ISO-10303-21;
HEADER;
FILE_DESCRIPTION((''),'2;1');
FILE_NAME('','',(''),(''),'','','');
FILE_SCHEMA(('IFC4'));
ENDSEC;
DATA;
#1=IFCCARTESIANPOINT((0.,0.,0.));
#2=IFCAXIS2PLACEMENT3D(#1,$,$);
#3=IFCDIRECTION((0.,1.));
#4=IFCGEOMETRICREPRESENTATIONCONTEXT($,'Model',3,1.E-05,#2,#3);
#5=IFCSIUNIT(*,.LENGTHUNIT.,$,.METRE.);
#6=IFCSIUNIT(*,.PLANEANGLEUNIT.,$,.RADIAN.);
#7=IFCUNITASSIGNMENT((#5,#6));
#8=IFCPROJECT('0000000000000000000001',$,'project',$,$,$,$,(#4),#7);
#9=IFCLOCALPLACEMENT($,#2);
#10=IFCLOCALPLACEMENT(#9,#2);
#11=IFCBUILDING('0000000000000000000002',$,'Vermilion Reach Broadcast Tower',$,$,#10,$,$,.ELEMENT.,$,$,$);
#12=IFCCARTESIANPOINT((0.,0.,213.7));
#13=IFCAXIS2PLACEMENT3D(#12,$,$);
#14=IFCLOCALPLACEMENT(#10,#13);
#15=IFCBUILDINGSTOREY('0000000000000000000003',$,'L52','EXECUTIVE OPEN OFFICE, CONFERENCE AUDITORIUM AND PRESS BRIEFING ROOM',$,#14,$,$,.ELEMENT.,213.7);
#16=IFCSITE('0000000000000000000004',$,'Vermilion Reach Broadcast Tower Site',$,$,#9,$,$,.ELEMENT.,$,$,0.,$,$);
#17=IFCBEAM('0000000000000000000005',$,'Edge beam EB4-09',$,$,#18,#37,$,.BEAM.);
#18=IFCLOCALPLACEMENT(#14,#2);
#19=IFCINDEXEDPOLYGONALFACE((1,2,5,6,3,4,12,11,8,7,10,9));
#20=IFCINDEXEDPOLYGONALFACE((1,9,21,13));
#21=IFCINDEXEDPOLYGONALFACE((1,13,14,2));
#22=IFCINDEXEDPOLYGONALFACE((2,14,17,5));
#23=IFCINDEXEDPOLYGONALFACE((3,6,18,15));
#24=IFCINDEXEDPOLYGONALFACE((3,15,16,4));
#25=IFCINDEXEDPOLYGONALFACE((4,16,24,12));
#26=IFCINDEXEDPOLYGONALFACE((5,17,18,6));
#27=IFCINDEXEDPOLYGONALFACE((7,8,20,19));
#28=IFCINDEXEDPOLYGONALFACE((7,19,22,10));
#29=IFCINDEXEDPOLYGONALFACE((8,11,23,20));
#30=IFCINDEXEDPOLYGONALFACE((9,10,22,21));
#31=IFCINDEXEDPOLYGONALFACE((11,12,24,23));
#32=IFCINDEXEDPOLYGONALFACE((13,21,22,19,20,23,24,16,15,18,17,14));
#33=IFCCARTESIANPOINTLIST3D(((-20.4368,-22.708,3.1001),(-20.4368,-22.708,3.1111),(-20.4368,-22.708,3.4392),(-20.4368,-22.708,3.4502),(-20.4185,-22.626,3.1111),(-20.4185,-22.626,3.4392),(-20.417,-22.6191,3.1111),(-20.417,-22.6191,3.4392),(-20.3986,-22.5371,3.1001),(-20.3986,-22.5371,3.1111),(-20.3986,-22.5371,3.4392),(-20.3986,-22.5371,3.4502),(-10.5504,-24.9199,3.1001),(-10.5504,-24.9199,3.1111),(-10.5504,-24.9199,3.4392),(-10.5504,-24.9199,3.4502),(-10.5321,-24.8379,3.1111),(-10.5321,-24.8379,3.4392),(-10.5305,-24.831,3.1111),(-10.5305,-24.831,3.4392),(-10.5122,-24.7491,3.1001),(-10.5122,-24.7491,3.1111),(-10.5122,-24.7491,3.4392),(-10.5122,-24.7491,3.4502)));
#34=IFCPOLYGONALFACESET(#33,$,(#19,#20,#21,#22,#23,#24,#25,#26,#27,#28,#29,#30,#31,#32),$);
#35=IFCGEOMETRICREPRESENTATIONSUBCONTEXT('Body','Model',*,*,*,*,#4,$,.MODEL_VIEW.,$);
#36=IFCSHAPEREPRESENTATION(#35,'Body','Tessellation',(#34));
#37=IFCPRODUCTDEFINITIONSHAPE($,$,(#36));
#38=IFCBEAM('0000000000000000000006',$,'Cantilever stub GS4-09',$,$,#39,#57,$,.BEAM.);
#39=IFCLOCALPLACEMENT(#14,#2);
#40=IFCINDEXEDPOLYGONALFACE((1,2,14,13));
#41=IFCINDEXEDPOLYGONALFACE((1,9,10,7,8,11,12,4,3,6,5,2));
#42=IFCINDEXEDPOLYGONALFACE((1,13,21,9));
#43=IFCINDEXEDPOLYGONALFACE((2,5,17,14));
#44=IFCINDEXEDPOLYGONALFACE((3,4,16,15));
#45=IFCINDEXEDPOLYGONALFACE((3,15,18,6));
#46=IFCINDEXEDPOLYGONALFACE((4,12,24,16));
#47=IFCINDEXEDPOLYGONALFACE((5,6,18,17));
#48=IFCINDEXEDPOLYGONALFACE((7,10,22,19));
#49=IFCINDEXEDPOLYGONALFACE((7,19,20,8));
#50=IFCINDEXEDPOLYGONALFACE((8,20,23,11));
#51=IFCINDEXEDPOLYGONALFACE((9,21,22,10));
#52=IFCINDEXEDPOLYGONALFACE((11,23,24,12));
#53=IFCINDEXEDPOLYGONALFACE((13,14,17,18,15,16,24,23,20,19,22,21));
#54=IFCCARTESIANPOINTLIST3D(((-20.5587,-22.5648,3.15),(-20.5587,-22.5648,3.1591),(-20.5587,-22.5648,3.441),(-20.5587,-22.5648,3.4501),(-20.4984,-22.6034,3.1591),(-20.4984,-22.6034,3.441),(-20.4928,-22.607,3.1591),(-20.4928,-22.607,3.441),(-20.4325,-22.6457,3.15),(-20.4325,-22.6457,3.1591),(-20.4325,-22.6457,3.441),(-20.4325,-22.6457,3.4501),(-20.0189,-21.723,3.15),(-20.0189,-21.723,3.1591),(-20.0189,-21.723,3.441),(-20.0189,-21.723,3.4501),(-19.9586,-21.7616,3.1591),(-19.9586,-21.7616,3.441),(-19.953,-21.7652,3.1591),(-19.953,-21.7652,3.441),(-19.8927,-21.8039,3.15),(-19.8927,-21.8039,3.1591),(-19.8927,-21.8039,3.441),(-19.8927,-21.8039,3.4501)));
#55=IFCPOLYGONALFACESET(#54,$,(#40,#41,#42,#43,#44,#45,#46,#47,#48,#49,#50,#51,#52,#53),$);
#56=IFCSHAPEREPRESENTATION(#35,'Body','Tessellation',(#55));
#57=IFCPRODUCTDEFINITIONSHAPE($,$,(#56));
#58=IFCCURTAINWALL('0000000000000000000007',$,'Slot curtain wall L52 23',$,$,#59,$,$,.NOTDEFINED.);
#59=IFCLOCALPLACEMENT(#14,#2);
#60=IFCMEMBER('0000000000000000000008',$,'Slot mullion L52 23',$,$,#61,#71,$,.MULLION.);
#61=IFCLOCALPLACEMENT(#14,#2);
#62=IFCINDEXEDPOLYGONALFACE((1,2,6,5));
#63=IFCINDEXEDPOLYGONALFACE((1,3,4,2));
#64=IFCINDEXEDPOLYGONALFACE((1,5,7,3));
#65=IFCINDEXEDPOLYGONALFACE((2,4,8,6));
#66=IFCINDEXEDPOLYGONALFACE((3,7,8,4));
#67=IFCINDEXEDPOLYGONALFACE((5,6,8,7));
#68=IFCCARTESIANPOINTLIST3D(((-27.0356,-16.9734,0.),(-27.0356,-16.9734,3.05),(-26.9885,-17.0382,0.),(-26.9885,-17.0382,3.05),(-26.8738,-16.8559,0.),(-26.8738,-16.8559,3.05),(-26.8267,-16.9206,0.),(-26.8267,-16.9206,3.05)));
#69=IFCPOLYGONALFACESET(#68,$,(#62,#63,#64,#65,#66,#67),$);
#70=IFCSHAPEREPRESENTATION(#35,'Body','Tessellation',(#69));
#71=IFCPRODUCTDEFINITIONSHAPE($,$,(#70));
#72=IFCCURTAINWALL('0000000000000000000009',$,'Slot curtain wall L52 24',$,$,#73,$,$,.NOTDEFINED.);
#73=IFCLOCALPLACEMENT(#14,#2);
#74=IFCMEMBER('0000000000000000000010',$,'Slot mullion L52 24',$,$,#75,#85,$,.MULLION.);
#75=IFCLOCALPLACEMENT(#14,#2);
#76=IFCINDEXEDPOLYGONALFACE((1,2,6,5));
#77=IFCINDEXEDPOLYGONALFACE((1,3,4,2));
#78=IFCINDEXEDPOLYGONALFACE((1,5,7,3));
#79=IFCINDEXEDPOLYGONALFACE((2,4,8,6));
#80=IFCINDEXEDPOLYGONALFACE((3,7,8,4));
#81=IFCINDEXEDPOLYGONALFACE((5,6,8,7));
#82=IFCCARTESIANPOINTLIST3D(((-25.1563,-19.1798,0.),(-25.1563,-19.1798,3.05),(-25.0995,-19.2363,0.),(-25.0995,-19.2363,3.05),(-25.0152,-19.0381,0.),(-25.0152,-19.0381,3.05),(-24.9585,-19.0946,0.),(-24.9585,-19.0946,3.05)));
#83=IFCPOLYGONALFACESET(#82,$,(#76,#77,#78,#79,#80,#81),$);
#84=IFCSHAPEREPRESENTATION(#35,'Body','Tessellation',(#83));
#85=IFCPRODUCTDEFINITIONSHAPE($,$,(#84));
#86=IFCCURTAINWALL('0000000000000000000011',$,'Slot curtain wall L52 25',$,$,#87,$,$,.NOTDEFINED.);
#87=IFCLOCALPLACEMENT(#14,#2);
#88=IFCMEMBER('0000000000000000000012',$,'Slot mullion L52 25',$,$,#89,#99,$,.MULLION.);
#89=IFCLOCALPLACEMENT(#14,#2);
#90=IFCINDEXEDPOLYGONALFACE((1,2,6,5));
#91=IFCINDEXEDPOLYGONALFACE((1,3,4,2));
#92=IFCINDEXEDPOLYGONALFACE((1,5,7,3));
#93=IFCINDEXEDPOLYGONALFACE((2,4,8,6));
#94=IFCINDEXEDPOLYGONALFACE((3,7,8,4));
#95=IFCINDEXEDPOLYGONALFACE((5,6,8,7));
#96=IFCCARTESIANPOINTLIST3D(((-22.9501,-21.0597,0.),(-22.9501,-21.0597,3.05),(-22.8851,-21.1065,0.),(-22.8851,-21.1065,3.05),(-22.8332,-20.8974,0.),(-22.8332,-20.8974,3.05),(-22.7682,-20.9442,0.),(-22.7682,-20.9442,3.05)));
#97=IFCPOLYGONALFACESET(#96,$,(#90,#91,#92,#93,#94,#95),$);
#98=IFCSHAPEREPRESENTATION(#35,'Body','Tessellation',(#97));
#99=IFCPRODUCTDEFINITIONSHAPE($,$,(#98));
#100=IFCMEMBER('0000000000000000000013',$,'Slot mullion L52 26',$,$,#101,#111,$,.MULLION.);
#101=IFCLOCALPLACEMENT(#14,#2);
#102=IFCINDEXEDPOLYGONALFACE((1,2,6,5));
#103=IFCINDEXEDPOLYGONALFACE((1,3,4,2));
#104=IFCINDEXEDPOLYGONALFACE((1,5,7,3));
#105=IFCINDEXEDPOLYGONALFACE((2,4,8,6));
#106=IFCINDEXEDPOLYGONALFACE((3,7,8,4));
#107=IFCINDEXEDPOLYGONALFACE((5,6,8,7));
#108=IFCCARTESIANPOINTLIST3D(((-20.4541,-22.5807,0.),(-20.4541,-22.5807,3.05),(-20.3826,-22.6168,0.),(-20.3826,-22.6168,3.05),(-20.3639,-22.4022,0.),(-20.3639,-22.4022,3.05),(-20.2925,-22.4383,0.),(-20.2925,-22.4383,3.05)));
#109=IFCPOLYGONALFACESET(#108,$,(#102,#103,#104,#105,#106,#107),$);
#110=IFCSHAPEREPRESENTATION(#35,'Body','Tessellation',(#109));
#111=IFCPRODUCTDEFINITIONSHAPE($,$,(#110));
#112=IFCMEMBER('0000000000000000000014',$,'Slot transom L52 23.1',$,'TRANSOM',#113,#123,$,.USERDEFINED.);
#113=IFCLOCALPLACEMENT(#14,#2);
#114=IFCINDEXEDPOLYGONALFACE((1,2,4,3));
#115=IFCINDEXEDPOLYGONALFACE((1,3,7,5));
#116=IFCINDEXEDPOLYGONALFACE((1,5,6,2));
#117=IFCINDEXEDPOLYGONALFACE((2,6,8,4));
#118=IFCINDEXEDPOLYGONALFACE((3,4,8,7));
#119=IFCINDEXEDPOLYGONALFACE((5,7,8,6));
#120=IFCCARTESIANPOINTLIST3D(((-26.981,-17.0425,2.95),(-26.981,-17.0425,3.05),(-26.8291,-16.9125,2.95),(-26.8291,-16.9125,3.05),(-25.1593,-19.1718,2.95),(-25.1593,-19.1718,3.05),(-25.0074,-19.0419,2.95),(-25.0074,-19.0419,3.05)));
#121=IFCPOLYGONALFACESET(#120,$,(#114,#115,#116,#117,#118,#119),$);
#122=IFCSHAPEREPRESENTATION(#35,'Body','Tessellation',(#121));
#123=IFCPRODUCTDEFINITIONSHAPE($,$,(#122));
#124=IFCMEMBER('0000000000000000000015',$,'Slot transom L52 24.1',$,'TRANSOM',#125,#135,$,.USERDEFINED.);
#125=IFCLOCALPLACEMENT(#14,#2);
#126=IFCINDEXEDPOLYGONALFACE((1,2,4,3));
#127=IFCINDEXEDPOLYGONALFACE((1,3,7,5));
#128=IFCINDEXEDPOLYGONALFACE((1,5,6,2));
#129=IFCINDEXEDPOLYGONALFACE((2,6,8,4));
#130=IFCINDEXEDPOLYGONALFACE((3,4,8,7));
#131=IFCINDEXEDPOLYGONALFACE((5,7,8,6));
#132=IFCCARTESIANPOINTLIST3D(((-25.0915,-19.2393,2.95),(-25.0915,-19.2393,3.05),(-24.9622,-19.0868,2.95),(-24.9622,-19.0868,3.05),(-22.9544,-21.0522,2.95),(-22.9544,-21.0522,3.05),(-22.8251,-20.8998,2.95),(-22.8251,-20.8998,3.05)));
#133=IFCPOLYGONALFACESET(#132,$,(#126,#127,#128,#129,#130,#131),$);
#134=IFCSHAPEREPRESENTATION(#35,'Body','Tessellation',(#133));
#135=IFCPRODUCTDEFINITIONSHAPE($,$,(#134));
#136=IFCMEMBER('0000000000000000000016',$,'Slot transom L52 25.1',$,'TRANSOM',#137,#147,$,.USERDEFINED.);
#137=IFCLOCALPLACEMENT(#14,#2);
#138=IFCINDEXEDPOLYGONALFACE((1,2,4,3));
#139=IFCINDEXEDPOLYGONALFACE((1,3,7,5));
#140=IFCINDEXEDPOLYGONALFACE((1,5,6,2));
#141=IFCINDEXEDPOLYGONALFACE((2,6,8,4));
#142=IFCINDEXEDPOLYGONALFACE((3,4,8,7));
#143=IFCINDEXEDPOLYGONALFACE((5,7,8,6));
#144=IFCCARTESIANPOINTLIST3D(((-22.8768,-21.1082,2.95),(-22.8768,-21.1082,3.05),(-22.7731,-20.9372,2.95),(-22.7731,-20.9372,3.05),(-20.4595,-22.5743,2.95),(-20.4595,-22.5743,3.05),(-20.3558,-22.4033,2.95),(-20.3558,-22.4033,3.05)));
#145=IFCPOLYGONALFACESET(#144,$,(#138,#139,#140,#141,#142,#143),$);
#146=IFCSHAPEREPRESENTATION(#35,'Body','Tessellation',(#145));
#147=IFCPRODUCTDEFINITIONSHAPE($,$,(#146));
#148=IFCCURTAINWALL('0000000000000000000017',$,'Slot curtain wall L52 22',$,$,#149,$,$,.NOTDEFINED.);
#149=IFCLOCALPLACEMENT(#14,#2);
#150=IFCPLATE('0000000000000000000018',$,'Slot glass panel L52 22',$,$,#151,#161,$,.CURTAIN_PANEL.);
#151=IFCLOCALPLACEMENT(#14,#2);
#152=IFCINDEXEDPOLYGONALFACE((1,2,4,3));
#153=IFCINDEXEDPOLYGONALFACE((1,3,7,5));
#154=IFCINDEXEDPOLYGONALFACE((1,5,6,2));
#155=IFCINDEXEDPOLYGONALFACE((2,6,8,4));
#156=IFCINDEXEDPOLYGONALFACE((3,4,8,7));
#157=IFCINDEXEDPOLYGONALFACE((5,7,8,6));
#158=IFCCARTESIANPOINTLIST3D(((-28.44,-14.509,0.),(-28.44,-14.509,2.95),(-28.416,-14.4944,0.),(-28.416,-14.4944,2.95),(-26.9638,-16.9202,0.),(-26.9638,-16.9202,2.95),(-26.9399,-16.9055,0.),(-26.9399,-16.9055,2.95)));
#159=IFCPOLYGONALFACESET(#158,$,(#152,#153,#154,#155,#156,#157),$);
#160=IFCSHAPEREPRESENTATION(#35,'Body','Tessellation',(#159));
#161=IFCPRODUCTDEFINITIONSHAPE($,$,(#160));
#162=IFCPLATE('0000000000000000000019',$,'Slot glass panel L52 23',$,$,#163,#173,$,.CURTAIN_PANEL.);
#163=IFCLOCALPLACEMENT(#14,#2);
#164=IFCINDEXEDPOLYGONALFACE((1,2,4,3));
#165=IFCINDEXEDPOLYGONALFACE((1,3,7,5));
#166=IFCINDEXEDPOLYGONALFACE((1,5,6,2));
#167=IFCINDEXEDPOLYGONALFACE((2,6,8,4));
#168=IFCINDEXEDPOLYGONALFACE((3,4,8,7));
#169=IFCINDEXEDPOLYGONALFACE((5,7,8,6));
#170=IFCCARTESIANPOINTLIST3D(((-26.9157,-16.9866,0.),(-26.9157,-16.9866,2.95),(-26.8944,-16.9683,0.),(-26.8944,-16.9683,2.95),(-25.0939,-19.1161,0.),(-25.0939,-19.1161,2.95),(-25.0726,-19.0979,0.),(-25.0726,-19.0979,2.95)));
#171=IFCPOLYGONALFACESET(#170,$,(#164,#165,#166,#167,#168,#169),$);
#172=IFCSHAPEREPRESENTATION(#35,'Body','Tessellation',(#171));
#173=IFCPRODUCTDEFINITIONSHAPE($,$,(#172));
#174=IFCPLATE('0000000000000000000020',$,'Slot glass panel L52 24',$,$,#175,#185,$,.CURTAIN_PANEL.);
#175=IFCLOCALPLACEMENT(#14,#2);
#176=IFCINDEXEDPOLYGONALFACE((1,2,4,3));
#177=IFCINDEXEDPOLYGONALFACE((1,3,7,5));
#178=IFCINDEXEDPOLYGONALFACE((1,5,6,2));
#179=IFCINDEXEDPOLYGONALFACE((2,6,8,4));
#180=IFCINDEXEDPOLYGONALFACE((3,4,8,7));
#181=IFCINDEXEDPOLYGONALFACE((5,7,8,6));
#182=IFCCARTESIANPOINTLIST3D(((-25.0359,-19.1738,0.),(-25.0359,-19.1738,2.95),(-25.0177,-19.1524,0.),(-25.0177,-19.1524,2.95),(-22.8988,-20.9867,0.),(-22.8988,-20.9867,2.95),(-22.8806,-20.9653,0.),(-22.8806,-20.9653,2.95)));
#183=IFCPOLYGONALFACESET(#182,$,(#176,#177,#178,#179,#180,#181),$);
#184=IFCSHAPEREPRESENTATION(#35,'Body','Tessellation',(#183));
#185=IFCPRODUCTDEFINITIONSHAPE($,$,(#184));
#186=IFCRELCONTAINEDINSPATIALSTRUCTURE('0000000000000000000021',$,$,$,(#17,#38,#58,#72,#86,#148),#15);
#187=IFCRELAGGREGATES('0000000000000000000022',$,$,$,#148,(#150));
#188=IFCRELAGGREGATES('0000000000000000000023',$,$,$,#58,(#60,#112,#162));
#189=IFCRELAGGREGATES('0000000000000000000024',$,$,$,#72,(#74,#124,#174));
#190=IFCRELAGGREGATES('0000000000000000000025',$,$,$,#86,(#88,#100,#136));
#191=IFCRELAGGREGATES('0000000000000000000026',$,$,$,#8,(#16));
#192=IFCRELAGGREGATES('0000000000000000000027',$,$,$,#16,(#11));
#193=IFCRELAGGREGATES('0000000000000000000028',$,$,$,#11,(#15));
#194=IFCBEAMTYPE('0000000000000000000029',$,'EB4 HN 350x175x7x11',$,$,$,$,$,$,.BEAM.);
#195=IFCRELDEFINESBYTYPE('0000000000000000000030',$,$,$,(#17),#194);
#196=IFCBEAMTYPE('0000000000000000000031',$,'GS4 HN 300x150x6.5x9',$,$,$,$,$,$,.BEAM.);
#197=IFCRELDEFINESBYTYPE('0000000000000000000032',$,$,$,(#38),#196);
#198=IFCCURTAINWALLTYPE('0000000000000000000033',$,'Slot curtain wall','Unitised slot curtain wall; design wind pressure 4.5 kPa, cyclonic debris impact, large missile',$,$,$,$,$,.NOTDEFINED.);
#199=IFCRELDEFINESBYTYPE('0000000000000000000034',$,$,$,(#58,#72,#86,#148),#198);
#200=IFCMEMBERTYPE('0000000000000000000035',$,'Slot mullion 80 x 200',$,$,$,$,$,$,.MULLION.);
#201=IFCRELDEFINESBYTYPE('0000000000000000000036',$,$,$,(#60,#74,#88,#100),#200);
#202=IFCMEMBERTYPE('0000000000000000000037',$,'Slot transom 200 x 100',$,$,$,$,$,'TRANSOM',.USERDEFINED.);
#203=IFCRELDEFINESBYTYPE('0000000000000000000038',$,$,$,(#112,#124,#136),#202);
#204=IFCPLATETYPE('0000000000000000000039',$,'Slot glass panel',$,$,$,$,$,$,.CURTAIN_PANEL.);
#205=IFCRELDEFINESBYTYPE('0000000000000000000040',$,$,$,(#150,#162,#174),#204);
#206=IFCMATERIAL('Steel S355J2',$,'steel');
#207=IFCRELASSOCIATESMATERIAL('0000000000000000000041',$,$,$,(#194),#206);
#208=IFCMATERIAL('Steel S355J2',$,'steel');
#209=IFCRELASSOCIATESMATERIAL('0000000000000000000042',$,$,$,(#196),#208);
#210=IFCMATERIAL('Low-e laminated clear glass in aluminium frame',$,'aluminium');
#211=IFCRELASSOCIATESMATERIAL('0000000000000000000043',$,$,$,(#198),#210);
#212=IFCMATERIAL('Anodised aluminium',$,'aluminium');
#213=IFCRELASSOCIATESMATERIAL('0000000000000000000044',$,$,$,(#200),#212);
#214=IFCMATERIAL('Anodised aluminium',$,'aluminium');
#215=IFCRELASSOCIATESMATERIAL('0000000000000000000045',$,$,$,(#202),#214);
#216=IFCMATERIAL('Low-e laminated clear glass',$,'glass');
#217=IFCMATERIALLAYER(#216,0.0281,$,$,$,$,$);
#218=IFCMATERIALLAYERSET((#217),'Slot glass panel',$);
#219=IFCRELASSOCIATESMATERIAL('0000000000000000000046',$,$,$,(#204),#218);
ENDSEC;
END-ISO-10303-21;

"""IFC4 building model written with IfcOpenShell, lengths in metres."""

from ifc_helpers import new_model, si_unit, direction, frame, origin, origin_2d, place, context, subcontext, project, spatial, rectangle, i_section, extrude, material, layer, layer_set, material_profile, profile_set, type_object, element, aggregate, save


model = new_model("IFC4")

# Units and contexts
model_context = context("Model", 3, precision=1e-05, world=origin(), true_north=direction((0.0, 1.0)))
body_context = subcontext(model_context, "Body", "Model", "MODEL_VIEW")
ifc_project = project(units=[si_unit("LENGTHUNIT", "METRE"), si_unit("PLANEANGLEUNIT", "RADIAN")], contexts=[model_context])

# Site, building, storey
site_placement = place(None, origin())
site = spatial("IfcSite", under=ifc_project, at=site_placement, Name="Vermilion Reach Broadcast Tower Site", CompositionType="ELEMENT", RefElevation=0.0)
building_placement = place(site_placement, origin())
building = spatial("IfcBuilding", under=site, at=building_placement, Name="Vermilion Reach Broadcast Tower", CompositionType="ELEMENT")
storey_placement = place(building_placement, frame((0.0, 0.0, 213.7)))
storey = spatial("IfcBuildingStorey", under=building, at=storey_placement, Name="L52", Description="EXECUTIVE OPEN OFFICE, CONFERENCE AUDITORIUM AND PRESS BRIEFING ROOM", CompositionType="ELEMENT", Elevation=213.7)

# Beams
ifc_material_1 = material(Name="Steel S355J2", Category="steel")
ifc_material_profile_1 = material_profile(ifc_material_1, i_section(OverallWidth=0.175, OverallDepth=0.3501, WebThickness=0.0071, FlangeThickness=0.011, at=origin_2d()), Name="S355J2 HN 350x175x7x11")
ifc_profile_set_1 = profile_set([ifc_material_profile_1], Name="Steel S355J2")
beam_type_1 = type_object("IfcBeamType", Name="EB4 HN 350x175x7x11", PredefinedType="BEAM", material=ifc_profile_set_1)
beam_1_placement = place(storey_placement, frame((-20.4177, -22.6226, 3.2751), z_axis=(0.975874, -0.218334, 0.0), x_axis=(0.218334, 0.975874, 0.0)))
element("IfcBeam", 1, at=beam_1_placement, inside=storey, type_object=beam_type_1, Name="Edge beam EB4-09", PredefinedType="BEAM", context=body_context, shape_type="SweptSolid", body=[
    extrude(i_section(OverallWidth=0.175, OverallDepth=0.3501, WebThickness=0.0071, FlangeThickness=0.011, at=origin_2d()), origin(), (0.0, 0.0, 1.0), 10.1309),
])
ifc_material_2 = material(Name="Steel S355J2", Category="steel")
ifc_material_profile_2 = material_profile(ifc_material_2, i_section(OverallWidth=0.1499, OverallDepth=0.3, WebThickness=0.0066, FlangeThickness=0.009, at=origin_2d()), Name="S355J2 HN 300x150x6.5x9")
ifc_profile_set_2 = profile_set([ifc_material_profile_2], Name="Steel S355J2")
beam_type_2 = type_object("IfcBeamType", Name="GS4 HN 300x150x6.5x9", PredefinedType="BEAM", material=ifc_profile_set_2)
beam_2_placement = place(storey_placement, frame((-19.9558, -21.7634, 3.3), z_axis=(-0.539795, -0.841797, 0.0), x_axis=(0.841797, -0.539795, 0.0)))
element("IfcBeam", 2, at=beam_2_placement, inside=storey, type_object=beam_type_2, Name="Cantilever stub GS4-09", PredefinedType="BEAM", context=body_context, shape_type="SweptSolid", body=[
    extrude(i_section(OverallWidth=0.1499, OverallDepth=0.3, WebThickness=0.0066, FlangeThickness=0.009, at=origin_2d()), origin(), (0.0, 0.0, 1.0), 1.0),
])

# Curtain walls, members
ifc_material_3 = material(Name="Low-e laminated clear glass in aluminium frame", Category="aluminium")
curtain_wall_type = type_object("IfcCurtainWallType", Name="Slot curtain wall", Description="Unitised slot curtain wall; design wind pressure 4.5 kPa, cyclonic debris impact, large missile", PredefinedType="NOTDEFINED", material=ifc_material_3)
placement = place(storey_placement, origin())
curtain_wall_1 = element("IfcCurtainWall", 3, at=placement, inside=storey, type_object=curtain_wall_type, Name="Slot curtain wall L52 23", PredefinedType="NOTDEFINED")
ifc_material_4 = material(Name="Anodised aluminium", Category="aluminium")
ifc_material_profile_3 = material_profile(ifc_material_4, rectangle(XDim=0.2, YDim=0.0801, at=origin_2d()), Name="Slot mullion 80 x 200")
ifc_profile_set_3 = profile_set([ifc_material_profile_3], Name="Anodised aluminium")
member_type_1 = type_object("IfcMemberType", Name="Slot mullion 80 x 200", PredefinedType="MULLION", material=ifc_profile_set_3)
member_1_placement = place(storey_placement, frame((-26.9312, -16.947, 0.0), z_axis=(0.0, 0.0, 1.0), x_axis=(0.808903, 0.587942, 0.0)))
member_1 = element("IfcMember", 4, at=member_1_placement, type_object=member_type_1, Name="Slot mullion L52 23", PredefinedType="MULLION", context=body_context, shape_type="SweptSolid", body=[
    extrude(rectangle(XDim=0.2, YDim=0.0801, at=origin_2d()), origin(), (0.0, 0.0, 1.0), 3.05),
])
curtain_wall_2 = element("IfcCurtainWall", 5, at=placement, inside=storey, type_object=curtain_wall_type, Name="Slot curtain wall L52 24", PredefinedType="NOTDEFINED")
member_2_placement = place(storey_placement, frame((-25.0574, -19.1372, 0.0), z_axis=(0.0, 0.0, 1.0), x_axis=(0.705624, 0.708586, 0.0)))
member_2 = element("IfcMember", 6, at=member_2_placement, type_object=member_type_1, Name="Slot mullion L52 24", PredefinedType="MULLION", context=body_context, shape_type="SweptSolid", body=[
    extrude(rectangle(XDim=0.2, YDim=0.0801, at=origin_2d()), origin(), (0.0, 0.0, 1.0), 3.05),
])

# Curtain wall, members
curtain_wall_3 = element("IfcCurtainWall", 7, at=placement, inside=storey, type_object=curtain_wall_type, Name="Slot curtain wall L52 25", PredefinedType="NOTDEFINED")
member_3_placement = place(storey_placement, frame((-22.8591, -21.002, 0.0), z_axis=(0.0, 0.0, 1.0), x_axis=(0.584549, 0.811359, 0.0)))
member_3 = element("IfcMember", 8, at=member_3_placement, type_object=member_type_1, Name="Slot mullion L52 25", PredefinedType="MULLION", context=body_context, shape_type="SweptSolid", body=[
    extrude(rectangle(XDim=0.2, YDim=0.0801, at=origin_2d()), origin(), (0.0, 0.0, 1.0), 3.05),
])
member_4_placement = place(storey_placement, frame((-20.3733, -22.5095, 0.0), z_axis=(0.0, 0.0, 1.0), x_axis=(0.450979, 0.892534, 0.0)))
member_4 = element("IfcMember", 9, at=member_4_placement, type_object=member_type_1, Name="Slot mullion L52 26", PredefinedType="MULLION", context=body_context, shape_type="SweptSolid", body=[
    extrude(rectangle(XDim=0.2, YDim=0.0801, at=origin_2d()), origin(), (0.0, 0.0, 1.0), 3.05),
])

# Members
ifc_material_5 = material(Name="Anodised aluminium", Category="aluminium")
ifc_material_profile_4 = material_profile(ifc_material_5, rectangle(XDim=0.2, YDim=0.1001, at=origin_2d()), Name="Slot transom 200 x 100")
ifc_profile_set_4 = profile_set([ifc_material_profile_4], Name="Anodised aluminium")
member_type_2 = type_object("IfcMemberType", Name="Slot transom 200 x 100", ElementType="TRANSOM", PredefinedType="USERDEFINED", material=ifc_profile_set_4)
member_5_placement = place(storey_placement, frame((-26.905, -16.9775, 3.0), z_axis=(0.650088, -0.759859, 0.0), x_axis=(0.759859, 0.650088, 0.0)))
member_5 = element("IfcMember", 10, at=member_5_placement, type_object=member_type_2, Name="Slot transom L52 23.1", ObjectType="TRANSOM", PredefinedType="USERDEFINED", context=body_context, shape_type="SweptSolid", body=[
    extrude(rectangle(XDim=0.2, YDim=0.1001, at=origin_2d()), origin(), (0.0, 0.0, 1.0), 2.8022),
])
member_6_placement = place(storey_placement, frame((-25.0269, -19.1631, 3.0), z_axis=(0.762579, -0.646895, 0.0), x_axis=(0.646895, 0.762579, 0.0)))
member_6 = element("IfcMember", 11, at=member_6_placement, type_object=member_type_2, Name="Slot transom L52 24.1", ObjectType="TRANSOM", PredefinedType="USERDEFINED", context=body_context, shape_type="SweptSolid", body=[
    extrude(rectangle(XDim=0.2, YDim=0.1001, at=origin_2d()), origin(), (0.0, 0.0, 1.0), 2.8025),
])
member_7_placement = place(storey_placement, frame((-22.825, -21.0227, 3.0), z_axis=(0.85503, -0.518579, 0.0), x_axis=(0.518579, 0.85503, 0.0)))
member_7 = element("IfcMember", 12, at=member_7_placement, type_object=member_type_2, Name="Slot transom L52 25.1", ObjectType="TRANSOM", PredefinedType="USERDEFINED", context=body_context, shape_type="SweptSolid", body=[
    extrude(rectangle(XDim=0.2, YDim=0.1001, at=origin_2d()), origin(), (0.0, 0.0, 1.0), 2.8271),
])

# Curtain wall, plate
curtain_wall_4 = element("IfcCurtainWall", 13, at=placement, inside=storey, type_object=curtain_wall_type, Name="Slot curtain wall L52 22", PredefinedType="NOTDEFINED")
ifc_material_6 = material(Name="Low-e laminated clear glass", Category="glass")
ifc_layer_1 = layer(ifc_material_6, 0.0281)
ifc_layer_set_1 = layer_set([ifc_layer_1], Name="Slot glass panel")
plate_type = type_object("IfcPlateType", Name="Slot glass panel", PredefinedType="CURTAIN_PANEL", material=ifc_layer_set_1)
plate_1_placement = place(storey_placement, frame((-27.6899, -15.7073, 0.0), z_axis=(0.0, 0.0, 1.0), x_axis=(0.522133, -0.852864, 0.0)))
plate_1 = element("IfcPlate", 14, at=plate_1_placement, type_object=plate_type, Name="Slot glass panel L52 22", PredefinedType="CURTAIN_PANEL", context=body_context, shape_type="SweptSolid", body=[
    extrude(rectangle(XDim=2.8271, YDim=0.0281, at=origin_2d()), origin(), (0.0, 0.0, 1.0), 2.95),
])
aggregate(curtain_wall_4, [plate_1])

# Plates
plate_2_placement = place(storey_placement, frame((-25.9941, -18.0422, 0.0), z_axis=(0.0, 0.0, 1.0), x_axis=(0.650068, -0.759876, 0.0)))
plate_2 = element("IfcPlate", 15, at=plate_2_placement, type_object=plate_type, Name="Slot glass panel L52 23", PredefinedType="CURTAIN_PANEL", context=body_context, shape_type="SweptSolid", body=[
    extrude(rectangle(XDim=2.8025, YDim=0.0281, at=origin_2d()), origin(), (0.0, 0.0, 1.0), 2.95),
])
aggregate(curtain_wall_1, [member_1, member_5, plate_2])
plate_3_placement = place(storey_placement, frame((-23.9583, -20.0696, 0.0), z_axis=(0.0, 0.0, 1.0), x_axis=(0.762592, -0.64688, 0.0)))
plate_3 = element("IfcPlate", 16, at=plate_3_placement, type_object=plate_type, Name="Slot glass panel L52 24", PredefinedType="CURTAIN_PANEL", context=body_context, shape_type="SweptSolid", body=[
    extrude(rectangle(XDim=2.8025, YDim=0.0281, at=origin_2d()), origin(), (0.0, 0.0, 1.0), 2.95),
])
aggregate(curtain_wall_2, [member_2, member_6, plate_3])
aggregate(curtain_wall_3, [member_3, member_4, member_7])

save(model, "model.ifc")
